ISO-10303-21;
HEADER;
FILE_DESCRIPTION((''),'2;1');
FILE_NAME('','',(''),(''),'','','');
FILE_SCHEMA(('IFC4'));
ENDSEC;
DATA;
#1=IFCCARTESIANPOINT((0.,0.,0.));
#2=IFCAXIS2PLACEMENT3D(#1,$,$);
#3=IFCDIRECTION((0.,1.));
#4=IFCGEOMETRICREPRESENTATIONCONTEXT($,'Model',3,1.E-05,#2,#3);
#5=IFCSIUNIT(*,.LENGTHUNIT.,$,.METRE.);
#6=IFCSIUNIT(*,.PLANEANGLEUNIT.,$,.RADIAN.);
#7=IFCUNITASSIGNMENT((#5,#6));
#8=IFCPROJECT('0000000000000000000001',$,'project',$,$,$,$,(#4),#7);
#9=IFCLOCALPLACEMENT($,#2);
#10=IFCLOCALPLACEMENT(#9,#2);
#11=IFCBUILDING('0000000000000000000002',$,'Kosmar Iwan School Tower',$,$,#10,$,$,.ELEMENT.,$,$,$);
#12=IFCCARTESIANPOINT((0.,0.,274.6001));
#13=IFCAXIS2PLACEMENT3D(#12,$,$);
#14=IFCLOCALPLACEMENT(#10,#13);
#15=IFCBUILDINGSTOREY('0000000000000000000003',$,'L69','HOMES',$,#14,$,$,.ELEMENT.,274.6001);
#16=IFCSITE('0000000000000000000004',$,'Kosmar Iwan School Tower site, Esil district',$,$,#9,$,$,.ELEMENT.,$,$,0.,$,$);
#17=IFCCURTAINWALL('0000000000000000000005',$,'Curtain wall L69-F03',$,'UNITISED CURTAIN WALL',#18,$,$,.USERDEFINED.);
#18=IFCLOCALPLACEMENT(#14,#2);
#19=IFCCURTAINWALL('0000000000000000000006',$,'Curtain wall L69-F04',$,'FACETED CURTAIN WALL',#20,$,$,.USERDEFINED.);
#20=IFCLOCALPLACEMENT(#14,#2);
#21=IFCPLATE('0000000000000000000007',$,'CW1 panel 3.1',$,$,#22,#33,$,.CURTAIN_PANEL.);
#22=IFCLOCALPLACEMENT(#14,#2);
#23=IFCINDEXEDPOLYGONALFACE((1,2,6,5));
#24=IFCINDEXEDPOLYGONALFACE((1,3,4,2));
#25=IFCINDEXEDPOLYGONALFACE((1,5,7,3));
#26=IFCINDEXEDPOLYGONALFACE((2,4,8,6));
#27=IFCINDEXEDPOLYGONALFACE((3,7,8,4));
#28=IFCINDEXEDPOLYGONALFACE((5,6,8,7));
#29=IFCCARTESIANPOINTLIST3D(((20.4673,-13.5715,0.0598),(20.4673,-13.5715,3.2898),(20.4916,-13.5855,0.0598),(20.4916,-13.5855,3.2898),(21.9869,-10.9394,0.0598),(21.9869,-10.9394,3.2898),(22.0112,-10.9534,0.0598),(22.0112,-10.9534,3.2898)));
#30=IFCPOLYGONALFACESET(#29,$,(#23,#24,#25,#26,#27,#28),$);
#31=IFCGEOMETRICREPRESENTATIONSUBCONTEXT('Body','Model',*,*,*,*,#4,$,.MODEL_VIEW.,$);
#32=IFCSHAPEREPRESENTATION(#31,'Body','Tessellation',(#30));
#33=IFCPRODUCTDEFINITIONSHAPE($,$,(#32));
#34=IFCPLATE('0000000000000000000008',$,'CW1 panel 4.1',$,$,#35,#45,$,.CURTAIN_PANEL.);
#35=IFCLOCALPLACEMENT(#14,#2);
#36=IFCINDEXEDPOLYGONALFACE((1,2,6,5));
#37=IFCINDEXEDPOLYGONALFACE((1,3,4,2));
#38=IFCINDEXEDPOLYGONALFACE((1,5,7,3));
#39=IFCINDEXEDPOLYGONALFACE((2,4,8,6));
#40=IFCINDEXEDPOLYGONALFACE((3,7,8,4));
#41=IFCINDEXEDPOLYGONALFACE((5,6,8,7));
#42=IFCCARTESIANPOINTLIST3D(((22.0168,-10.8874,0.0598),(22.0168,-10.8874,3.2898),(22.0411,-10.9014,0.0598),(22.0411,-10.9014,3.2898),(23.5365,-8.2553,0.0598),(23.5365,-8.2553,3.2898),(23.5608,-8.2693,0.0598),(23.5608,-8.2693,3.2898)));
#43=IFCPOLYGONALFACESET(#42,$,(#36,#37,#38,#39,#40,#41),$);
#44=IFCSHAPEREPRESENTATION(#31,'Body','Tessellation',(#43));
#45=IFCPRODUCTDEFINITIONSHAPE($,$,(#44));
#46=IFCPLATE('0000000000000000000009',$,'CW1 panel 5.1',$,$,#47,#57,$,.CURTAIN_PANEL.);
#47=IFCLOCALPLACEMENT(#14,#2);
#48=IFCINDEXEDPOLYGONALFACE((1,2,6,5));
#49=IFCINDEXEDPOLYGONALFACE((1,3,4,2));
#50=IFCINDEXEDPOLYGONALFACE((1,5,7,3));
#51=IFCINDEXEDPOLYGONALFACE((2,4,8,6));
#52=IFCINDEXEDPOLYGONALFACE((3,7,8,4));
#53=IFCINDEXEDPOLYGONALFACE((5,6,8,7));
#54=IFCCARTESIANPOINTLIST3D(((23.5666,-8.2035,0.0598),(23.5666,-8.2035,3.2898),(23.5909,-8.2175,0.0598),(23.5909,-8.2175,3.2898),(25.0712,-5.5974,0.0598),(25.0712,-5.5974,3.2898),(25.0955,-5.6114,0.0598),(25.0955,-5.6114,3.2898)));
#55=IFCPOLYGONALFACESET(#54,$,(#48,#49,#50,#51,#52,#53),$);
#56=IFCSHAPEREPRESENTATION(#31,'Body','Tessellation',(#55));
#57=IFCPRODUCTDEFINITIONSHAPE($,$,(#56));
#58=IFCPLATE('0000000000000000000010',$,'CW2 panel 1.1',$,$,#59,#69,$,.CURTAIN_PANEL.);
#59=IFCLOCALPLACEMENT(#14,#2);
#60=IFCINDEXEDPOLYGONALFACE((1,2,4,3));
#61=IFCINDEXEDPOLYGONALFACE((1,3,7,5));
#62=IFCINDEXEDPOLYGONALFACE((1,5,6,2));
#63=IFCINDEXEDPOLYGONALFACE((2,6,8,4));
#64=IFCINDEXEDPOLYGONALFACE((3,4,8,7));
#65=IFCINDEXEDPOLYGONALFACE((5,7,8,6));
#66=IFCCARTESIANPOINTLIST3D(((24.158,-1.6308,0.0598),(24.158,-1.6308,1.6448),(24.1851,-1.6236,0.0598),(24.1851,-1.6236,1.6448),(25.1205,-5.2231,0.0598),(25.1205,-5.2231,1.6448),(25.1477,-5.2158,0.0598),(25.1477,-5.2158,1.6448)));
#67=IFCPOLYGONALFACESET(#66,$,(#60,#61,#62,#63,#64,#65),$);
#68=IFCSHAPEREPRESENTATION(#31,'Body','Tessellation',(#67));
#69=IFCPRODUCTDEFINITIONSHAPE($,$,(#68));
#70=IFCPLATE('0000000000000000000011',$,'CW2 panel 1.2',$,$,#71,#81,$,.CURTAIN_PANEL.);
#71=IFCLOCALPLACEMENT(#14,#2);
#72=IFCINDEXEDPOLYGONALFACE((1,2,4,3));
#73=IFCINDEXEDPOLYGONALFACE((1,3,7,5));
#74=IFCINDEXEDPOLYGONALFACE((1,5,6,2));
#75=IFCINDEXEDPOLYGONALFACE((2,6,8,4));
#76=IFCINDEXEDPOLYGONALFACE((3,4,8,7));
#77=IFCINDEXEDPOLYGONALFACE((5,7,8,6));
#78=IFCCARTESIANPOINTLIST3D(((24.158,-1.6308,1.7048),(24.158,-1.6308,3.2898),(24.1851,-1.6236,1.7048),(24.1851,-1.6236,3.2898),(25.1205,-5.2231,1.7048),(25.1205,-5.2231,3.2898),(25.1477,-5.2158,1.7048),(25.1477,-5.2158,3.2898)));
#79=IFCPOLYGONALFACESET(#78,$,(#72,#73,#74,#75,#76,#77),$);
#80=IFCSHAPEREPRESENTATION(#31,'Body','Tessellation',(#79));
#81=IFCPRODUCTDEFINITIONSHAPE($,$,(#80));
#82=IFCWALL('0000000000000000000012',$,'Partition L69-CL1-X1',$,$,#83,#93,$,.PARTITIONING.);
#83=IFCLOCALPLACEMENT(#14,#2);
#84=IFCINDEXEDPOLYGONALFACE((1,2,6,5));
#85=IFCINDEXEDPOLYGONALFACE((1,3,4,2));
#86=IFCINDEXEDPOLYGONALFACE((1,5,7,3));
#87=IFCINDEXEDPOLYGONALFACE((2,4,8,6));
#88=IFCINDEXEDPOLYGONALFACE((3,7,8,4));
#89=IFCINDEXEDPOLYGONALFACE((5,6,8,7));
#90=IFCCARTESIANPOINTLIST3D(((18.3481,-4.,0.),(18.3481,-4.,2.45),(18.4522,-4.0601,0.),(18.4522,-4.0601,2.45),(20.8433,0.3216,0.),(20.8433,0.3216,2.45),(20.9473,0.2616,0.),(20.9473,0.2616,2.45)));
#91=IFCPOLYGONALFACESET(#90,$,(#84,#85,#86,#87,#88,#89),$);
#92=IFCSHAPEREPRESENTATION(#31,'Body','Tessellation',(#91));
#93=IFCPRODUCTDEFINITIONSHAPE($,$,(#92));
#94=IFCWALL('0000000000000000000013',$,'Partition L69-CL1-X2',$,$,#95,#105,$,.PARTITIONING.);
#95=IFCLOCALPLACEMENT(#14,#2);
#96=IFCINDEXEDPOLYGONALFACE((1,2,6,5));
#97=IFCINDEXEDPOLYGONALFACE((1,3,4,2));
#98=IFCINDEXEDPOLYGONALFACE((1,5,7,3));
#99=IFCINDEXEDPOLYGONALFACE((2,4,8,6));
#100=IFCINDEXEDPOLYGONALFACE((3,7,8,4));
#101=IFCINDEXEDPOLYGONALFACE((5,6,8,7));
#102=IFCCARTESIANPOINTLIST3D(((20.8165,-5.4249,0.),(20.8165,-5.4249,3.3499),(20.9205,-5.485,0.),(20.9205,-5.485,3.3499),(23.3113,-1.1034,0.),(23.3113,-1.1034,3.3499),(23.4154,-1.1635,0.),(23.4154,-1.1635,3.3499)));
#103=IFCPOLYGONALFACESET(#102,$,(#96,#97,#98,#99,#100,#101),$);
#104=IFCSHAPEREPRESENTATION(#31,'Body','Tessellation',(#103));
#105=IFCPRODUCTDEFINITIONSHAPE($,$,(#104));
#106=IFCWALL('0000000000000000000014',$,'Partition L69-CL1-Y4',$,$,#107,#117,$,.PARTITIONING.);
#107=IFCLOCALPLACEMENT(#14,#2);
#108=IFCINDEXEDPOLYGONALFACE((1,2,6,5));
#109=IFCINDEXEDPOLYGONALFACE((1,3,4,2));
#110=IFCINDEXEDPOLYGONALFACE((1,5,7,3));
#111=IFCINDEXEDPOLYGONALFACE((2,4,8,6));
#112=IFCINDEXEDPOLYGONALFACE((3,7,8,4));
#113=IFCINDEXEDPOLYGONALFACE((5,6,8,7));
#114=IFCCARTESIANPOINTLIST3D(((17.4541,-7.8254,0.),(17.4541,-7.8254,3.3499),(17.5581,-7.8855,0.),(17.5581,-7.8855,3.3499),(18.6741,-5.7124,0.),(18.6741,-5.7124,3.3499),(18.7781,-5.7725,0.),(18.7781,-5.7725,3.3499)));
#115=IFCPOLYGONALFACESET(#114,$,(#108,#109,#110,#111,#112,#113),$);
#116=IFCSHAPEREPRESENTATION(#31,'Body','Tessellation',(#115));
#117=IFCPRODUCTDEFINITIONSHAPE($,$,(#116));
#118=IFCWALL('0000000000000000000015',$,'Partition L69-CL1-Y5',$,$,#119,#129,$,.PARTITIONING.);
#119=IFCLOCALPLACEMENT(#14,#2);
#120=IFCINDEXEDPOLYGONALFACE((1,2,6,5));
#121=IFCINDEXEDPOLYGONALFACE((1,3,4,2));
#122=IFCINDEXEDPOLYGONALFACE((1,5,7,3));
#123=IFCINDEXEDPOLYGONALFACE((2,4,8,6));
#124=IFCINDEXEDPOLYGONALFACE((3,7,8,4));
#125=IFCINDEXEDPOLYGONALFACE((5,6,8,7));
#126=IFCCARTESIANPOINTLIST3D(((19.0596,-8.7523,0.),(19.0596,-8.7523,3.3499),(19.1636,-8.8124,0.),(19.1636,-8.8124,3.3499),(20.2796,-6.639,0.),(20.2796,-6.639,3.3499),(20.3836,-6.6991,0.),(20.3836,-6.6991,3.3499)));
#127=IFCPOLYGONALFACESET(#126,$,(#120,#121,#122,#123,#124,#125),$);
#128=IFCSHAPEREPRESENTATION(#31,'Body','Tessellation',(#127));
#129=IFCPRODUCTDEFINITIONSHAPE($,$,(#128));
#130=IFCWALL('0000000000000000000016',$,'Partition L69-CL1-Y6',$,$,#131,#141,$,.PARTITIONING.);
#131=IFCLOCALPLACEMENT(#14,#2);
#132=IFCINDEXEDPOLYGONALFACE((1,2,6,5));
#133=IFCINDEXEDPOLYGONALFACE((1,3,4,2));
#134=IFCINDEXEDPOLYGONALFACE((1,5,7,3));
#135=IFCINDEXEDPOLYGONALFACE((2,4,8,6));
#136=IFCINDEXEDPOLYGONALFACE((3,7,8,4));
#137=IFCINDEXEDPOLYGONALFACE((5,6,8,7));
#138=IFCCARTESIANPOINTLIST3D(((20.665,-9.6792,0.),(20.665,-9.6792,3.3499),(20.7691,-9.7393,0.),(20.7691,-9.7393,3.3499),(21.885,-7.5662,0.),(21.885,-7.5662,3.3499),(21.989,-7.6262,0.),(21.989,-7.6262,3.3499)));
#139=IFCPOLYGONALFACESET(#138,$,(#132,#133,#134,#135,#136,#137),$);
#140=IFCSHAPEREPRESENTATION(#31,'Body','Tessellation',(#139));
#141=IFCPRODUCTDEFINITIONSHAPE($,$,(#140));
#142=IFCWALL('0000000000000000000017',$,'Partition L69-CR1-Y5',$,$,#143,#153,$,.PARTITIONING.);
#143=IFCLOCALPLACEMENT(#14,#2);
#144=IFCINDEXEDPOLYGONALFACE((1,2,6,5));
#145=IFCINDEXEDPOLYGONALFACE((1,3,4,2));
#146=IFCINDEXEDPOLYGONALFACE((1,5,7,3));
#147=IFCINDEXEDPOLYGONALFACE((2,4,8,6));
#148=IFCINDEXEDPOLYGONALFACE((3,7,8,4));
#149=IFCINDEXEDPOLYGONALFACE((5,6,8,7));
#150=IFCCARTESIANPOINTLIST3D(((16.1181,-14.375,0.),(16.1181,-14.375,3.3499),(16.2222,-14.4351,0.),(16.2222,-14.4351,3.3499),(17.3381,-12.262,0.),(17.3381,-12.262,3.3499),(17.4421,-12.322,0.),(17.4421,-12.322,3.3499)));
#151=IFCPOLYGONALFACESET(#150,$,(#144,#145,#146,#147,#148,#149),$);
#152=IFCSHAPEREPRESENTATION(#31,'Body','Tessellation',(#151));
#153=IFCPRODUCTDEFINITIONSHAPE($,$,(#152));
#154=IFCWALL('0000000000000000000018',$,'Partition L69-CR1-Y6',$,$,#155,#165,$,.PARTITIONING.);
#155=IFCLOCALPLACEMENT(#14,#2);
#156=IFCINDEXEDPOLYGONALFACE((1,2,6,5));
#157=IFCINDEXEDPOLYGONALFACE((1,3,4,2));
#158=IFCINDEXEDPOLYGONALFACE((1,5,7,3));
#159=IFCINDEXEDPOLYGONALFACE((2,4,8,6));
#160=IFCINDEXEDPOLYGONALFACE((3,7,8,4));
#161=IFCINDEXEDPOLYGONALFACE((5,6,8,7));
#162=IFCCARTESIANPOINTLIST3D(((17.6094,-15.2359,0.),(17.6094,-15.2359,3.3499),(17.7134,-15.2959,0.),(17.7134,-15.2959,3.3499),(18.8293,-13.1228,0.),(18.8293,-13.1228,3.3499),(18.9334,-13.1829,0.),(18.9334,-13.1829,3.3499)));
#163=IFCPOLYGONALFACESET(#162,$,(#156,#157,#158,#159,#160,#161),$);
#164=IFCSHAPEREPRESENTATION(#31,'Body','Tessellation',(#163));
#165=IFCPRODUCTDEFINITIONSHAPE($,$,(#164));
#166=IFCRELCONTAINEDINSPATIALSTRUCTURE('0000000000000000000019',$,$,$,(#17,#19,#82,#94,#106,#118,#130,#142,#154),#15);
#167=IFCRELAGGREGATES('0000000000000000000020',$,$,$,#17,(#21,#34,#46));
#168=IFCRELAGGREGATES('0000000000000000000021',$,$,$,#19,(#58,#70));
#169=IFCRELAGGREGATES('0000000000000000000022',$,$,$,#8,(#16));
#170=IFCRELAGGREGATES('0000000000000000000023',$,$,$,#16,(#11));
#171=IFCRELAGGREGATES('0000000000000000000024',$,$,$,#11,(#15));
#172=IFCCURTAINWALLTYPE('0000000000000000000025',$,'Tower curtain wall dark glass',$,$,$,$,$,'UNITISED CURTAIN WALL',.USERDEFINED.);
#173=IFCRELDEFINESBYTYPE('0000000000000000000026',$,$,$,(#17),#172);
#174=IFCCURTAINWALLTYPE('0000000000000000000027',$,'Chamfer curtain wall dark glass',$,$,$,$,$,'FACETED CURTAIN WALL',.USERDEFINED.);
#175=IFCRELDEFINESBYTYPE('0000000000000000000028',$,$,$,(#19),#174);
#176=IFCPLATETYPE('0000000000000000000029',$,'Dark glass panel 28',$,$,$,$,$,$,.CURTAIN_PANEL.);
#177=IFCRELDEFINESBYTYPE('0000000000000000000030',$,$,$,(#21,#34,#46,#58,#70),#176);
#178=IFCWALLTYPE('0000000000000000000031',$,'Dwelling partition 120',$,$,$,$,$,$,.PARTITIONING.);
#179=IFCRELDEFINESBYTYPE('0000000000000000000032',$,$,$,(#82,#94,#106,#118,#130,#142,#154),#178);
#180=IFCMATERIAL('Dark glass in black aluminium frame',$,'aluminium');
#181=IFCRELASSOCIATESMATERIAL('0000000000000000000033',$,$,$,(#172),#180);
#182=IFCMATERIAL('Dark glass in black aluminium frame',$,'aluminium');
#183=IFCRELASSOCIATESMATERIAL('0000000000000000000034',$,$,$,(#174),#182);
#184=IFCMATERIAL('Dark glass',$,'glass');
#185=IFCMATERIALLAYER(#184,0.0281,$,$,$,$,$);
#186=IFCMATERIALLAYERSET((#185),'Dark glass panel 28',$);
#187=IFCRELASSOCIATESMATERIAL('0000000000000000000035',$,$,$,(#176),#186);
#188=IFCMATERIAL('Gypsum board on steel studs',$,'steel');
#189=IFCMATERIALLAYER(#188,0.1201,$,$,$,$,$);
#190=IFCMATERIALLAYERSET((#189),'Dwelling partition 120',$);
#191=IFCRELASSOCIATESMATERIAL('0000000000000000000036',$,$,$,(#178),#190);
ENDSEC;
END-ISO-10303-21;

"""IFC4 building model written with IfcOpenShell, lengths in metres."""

from ifc_helpers import new_model, si_unit, direction, frame, frame_2d, origin, origin_2d, place, context, subcontext, project, spatial, rectangle, extrude, material, layer, layer_set, type_object, element, aggregate, save


model = new_model("IFC4")

# Units and contexts
model_context = context("Model", 3, precision=1e-05, world=origin(), true_north=direction((0.0, 1.0)))
body_context = subcontext(model_context, "Body", "Model", "MODEL_VIEW")
ifc_project = project(units=[si_unit("LENGTHUNIT", "METRE"), si_unit("PLANEANGLEUNIT", "RADIAN")], contexts=[model_context])

# Site, building, storey
site_placement = place(None, origin())
site = spatial("IfcSite", under=ifc_project, at=site_placement, Name="Kosmar Iwan School Tower site, Esil district", CompositionType="ELEMENT", RefElevation=0.0)
building_placement = place(site_placement, origin())
building = spatial("IfcBuilding", under=site, at=building_placement, Name="Kosmar Iwan School Tower", CompositionType="ELEMENT")
storey_placement = place(building_placement, frame((0.0, 0.0, 274.6001)))
storey = spatial("IfcBuildingStorey", under=building, at=storey_placement, Name="L69", Description="HOMES", CompositionType="ELEMENT", Elevation=274.6001)

# Curtain wall
ifc_material_1 = material(Name="Dark glass in black aluminium frame", Category="aluminium")
curtain_wall_type_1 = type_object("IfcCurtainWallType", Name="Tower curtain wall dark glass", ElementType="UNITISED CURTAIN WALL", PredefinedType="USERDEFINED", material=ifc_material_1)
curtain_wall_1_placement = place(storey_placement, origin())
curtain_wall_1 = element("IfcCurtainWall", 1, at=curtain_wall_1_placement, inside=storey, type_object=curtain_wall_type_1, Name="Curtain wall L69-F03", ObjectType="UNITISED CURTAIN WALL", PredefinedType="USERDEFINED")

# Curtain wall
ifc_material_2 = material(Name="Dark glass in black aluminium frame", Category="aluminium")
curtain_wall_type_2 = type_object("IfcCurtainWallType", Name="Chamfer curtain wall dark glass", ElementType="FACETED CURTAIN WALL", PredefinedType="USERDEFINED", material=ifc_material_2)
curtain_wall_2_placement = place(storey_placement, origin())
curtain_wall_2 = element("IfcCurtainWall", 2, at=curtain_wall_2_placement, inside=storey, type_object=curtain_wall_type_2, Name="Curtain wall L69-F04", ObjectType="FACETED CURTAIN WALL", PredefinedType="USERDEFINED")

# Plates
ifc_material_3 = material(Name="Dark glass", Category="glass")
ifc_layer_1 = layer(ifc_material_3, 0.0281)
ifc_layer_set_1 = layer_set([ifc_layer_1], Name="Dark glass panel 28")
plate_type = type_object("IfcPlateType", Name="Dark glass panel 28", PredefinedType="CURTAIN_PANEL", material=ifc_layer_set_1)
plate_1_placement = place(storey_placement, frame((21.2393, -12.2625, 0.0598), z_axis=(0.0, 0.0, 1.0), x_axis=(0.5, 0.866025, 0.0)))
plate_1 = element("IfcPlate", 3, at=plate_1_placement, type_object=plate_type, Name="CW1 panel 3.1", PredefinedType="CURTAIN_PANEL", context=body_context, shape_type="SweptSolid", body=[
    extrude(rectangle(XDim=3.0393, YDim=0.0281, at=origin_2d()), origin(), (0.0, 0.0, 1.0), 3.23),
])
plate_2_placement = place(storey_placement, frame((22.7888, -9.5784, 0.0598), z_axis=(0.0, 0.0, 1.0), x_axis=(0.5, 0.866025, 0.0)))
plate_2 = element("IfcPlate", 4, at=plate_2_placement, type_object=plate_type, Name="CW1 panel 4.1", PredefinedType="CURTAIN_PANEL", context=body_context, shape_type="SweptSolid", body=[
    extrude(rectangle(XDim=3.0393, YDim=0.0281, at=origin_2d()), origin(), (0.0, 0.0, 1.0), 3.23),
])
plate_3_placement = place(storey_placement, frame((24.3311, -6.9075, 0.0598), z_axis=(0.0, 0.0, 1.0), x_axis=(0.5, 0.866025, 0.0)))
plate_3 = element("IfcPlate", 5, at=plate_3_placement, type_object=plate_type, Name="CW1 panel 5.1", PredefinedType="CURTAIN_PANEL", context=body_context, shape_type="SweptSolid", body=[
    extrude(rectangle(XDim=3.0093, YDim=0.0281, at=origin_2d()), origin(), (0.0, 0.0, 1.0), 3.23),
])
aggregate(curtain_wall_1, [plate_1, plate_2, plate_3])
plate_4_placement = place(storey_placement, frame((24.6528, -3.4233, 0.0598), z_axis=(0.0, 0.0, 1.0), x_axis=(-0.258819, 0.965926, 0.0)))
plate_4 = element("IfcPlate", 6, at=plate_4_placement, type_object=plate_type, Name="CW2 panel 1.1", PredefinedType="CURTAIN_PANEL", context=body_context, shape_type="SweptSolid", body=[
    extrude(rectangle(XDim=3.719, YDim=0.0281, at=origin_2d()), origin(), (0.0, 0.0, 1.0), 1.585),
])
plate_5_placement = place(storey_placement, frame((24.6528, -3.4233, 1.7048), z_axis=(0.0, 0.0, 1.0), x_axis=(-0.258819, 0.965926, 0.0)))
plate_5 = element("IfcPlate", 7, at=plate_5_placement, type_object=plate_type, Name="CW2 panel 1.2", PredefinedType="CURTAIN_PANEL", context=body_context, shape_type="SweptSolid", body=[
    extrude(rectangle(XDim=3.719, YDim=0.0281, at=origin_2d()), origin(), (0.0, 0.0, 1.0), 1.585),
])
aggregate(curtain_wall_2, [plate_4, plate_5])

# Walls
ifc_material_4 = material(Name="Gypsum board on steel studs", Category="steel")
ifc_layer_2 = layer(ifc_material_4, 0.1201)
ifc_layer_set_2 = layer_set([ifc_layer_2], Name="Dwelling partition 120")
wall_type = type_object("IfcWallType", Name="Dwelling partition 120", PredefinedType="PARTITIONING", material=ifc_layer_set_2)
wall_1_placement = place(storey_placement, frame((18.4001, -4.03, 0.0), z_axis=(0.0, 0.0, 1.0), x_axis=(0.500012, 0.866019, 0.0)))
element("IfcWall", 8, at=wall_1_placement, inside=storey, type_object=wall_type, Name="Partition L69-CL1-X1", PredefinedType="PARTITIONING", context=body_context, shape_type="SweptSolid", body=[
    extrude(rectangle(XDim=4.9902, YDim=0.1201, at=frame_2d((2.4951, 0.0))), origin(), (0.0, 0.0, 1.0), 2.45),
])
wall_2_placement = place(storey_placement, frame((20.8684, -5.4551, 0.0), z_axis=(0.0, 0.0, 1.0), x_axis=(0.499975, 0.86604, 0.0)))
element("IfcWall", 9, at=wall_2_placement, inside=storey, type_object=wall_type, Name="Partition L69-CL1-X2", PredefinedType="PARTITIONING", context=body_context, shape_type="SweptSolid", body=[
    extrude(rectangle(XDim=4.99, YDim=0.1201, at=frame_2d((2.4951, 0.0))), origin(), (0.0, 0.0, 1.0), 3.3499),
])
wall_3_placement = place(storey_placement, frame((17.5061, -7.8555, 0.0), z_axis=(0.0, 0.0, 1.0), x_axis=(0.500003, 0.866024, 0.0)))
element("IfcWall", 10, at=wall_3_placement, inside=storey, type_object=wall_type, Name="Partition L69-CL1-Y4", PredefinedType="PARTITIONING", context=body_context, shape_type="SweptSolid", body=[
    extrude(rectangle(XDim=2.4399, YDim=0.1201, at=frame_2d((1.22, 0.0))), origin(), (0.0, 0.0, 1.0), 3.3499),
])
wall_4_placement = place(storey_placement, frame((19.1116, -8.7825, 0.0), z_axis=(0.0, 0.0, 1.0), x_axis=(0.499959, 0.866049, 0.0)))
element("IfcWall", 11, at=wall_4_placement, inside=storey, type_object=wall_type, Name="Partition L69-CL1-Y5", PredefinedType="PARTITIONING", context=body_context, shape_type="SweptSolid", body=[
    extrude(rectangle(XDim=2.4402, YDim=0.1201, at=frame_2d((1.2202, 0.0))), origin(), (0.0, 0.0, 1.0), 3.3499),
])
for number, where, z_axis, x_axis, name in (
    (12, (20.717, -9.7092, 0.0), (0.0, 0.0, 1.0), (0.500003, 0.866024, 0.0), "Partition L69-CL1-Y6"),
    (13, (17.3901, -12.292, 0.0), (0.0, 0.0, 1.0), (-0.500003, -0.866024, 0.0), "Partition L69-CR1-Y5"),
    (14, (18.8813, -13.1528, 0.0), (0.0, 0.0, 1.0), (-0.500003, -0.866024, 0.0), "Partition L69-CR1-Y6"),
):
    element("IfcWall", number, at=place(storey_placement, frame(where, z_axis=z_axis, x_axis=x_axis)), inside=storey, type_object=wall_type, Name=name, PredefinedType="PARTITIONING", context=body_context, shape_type="SweptSolid", body=[
        extrude(rectangle(XDim=2.4399, YDim=0.1201, at=frame_2d((1.22, 0.0))), origin(), (0.0, 0.0, 1.0), 3.3499),
    ])

save(model, "model.ifc")
